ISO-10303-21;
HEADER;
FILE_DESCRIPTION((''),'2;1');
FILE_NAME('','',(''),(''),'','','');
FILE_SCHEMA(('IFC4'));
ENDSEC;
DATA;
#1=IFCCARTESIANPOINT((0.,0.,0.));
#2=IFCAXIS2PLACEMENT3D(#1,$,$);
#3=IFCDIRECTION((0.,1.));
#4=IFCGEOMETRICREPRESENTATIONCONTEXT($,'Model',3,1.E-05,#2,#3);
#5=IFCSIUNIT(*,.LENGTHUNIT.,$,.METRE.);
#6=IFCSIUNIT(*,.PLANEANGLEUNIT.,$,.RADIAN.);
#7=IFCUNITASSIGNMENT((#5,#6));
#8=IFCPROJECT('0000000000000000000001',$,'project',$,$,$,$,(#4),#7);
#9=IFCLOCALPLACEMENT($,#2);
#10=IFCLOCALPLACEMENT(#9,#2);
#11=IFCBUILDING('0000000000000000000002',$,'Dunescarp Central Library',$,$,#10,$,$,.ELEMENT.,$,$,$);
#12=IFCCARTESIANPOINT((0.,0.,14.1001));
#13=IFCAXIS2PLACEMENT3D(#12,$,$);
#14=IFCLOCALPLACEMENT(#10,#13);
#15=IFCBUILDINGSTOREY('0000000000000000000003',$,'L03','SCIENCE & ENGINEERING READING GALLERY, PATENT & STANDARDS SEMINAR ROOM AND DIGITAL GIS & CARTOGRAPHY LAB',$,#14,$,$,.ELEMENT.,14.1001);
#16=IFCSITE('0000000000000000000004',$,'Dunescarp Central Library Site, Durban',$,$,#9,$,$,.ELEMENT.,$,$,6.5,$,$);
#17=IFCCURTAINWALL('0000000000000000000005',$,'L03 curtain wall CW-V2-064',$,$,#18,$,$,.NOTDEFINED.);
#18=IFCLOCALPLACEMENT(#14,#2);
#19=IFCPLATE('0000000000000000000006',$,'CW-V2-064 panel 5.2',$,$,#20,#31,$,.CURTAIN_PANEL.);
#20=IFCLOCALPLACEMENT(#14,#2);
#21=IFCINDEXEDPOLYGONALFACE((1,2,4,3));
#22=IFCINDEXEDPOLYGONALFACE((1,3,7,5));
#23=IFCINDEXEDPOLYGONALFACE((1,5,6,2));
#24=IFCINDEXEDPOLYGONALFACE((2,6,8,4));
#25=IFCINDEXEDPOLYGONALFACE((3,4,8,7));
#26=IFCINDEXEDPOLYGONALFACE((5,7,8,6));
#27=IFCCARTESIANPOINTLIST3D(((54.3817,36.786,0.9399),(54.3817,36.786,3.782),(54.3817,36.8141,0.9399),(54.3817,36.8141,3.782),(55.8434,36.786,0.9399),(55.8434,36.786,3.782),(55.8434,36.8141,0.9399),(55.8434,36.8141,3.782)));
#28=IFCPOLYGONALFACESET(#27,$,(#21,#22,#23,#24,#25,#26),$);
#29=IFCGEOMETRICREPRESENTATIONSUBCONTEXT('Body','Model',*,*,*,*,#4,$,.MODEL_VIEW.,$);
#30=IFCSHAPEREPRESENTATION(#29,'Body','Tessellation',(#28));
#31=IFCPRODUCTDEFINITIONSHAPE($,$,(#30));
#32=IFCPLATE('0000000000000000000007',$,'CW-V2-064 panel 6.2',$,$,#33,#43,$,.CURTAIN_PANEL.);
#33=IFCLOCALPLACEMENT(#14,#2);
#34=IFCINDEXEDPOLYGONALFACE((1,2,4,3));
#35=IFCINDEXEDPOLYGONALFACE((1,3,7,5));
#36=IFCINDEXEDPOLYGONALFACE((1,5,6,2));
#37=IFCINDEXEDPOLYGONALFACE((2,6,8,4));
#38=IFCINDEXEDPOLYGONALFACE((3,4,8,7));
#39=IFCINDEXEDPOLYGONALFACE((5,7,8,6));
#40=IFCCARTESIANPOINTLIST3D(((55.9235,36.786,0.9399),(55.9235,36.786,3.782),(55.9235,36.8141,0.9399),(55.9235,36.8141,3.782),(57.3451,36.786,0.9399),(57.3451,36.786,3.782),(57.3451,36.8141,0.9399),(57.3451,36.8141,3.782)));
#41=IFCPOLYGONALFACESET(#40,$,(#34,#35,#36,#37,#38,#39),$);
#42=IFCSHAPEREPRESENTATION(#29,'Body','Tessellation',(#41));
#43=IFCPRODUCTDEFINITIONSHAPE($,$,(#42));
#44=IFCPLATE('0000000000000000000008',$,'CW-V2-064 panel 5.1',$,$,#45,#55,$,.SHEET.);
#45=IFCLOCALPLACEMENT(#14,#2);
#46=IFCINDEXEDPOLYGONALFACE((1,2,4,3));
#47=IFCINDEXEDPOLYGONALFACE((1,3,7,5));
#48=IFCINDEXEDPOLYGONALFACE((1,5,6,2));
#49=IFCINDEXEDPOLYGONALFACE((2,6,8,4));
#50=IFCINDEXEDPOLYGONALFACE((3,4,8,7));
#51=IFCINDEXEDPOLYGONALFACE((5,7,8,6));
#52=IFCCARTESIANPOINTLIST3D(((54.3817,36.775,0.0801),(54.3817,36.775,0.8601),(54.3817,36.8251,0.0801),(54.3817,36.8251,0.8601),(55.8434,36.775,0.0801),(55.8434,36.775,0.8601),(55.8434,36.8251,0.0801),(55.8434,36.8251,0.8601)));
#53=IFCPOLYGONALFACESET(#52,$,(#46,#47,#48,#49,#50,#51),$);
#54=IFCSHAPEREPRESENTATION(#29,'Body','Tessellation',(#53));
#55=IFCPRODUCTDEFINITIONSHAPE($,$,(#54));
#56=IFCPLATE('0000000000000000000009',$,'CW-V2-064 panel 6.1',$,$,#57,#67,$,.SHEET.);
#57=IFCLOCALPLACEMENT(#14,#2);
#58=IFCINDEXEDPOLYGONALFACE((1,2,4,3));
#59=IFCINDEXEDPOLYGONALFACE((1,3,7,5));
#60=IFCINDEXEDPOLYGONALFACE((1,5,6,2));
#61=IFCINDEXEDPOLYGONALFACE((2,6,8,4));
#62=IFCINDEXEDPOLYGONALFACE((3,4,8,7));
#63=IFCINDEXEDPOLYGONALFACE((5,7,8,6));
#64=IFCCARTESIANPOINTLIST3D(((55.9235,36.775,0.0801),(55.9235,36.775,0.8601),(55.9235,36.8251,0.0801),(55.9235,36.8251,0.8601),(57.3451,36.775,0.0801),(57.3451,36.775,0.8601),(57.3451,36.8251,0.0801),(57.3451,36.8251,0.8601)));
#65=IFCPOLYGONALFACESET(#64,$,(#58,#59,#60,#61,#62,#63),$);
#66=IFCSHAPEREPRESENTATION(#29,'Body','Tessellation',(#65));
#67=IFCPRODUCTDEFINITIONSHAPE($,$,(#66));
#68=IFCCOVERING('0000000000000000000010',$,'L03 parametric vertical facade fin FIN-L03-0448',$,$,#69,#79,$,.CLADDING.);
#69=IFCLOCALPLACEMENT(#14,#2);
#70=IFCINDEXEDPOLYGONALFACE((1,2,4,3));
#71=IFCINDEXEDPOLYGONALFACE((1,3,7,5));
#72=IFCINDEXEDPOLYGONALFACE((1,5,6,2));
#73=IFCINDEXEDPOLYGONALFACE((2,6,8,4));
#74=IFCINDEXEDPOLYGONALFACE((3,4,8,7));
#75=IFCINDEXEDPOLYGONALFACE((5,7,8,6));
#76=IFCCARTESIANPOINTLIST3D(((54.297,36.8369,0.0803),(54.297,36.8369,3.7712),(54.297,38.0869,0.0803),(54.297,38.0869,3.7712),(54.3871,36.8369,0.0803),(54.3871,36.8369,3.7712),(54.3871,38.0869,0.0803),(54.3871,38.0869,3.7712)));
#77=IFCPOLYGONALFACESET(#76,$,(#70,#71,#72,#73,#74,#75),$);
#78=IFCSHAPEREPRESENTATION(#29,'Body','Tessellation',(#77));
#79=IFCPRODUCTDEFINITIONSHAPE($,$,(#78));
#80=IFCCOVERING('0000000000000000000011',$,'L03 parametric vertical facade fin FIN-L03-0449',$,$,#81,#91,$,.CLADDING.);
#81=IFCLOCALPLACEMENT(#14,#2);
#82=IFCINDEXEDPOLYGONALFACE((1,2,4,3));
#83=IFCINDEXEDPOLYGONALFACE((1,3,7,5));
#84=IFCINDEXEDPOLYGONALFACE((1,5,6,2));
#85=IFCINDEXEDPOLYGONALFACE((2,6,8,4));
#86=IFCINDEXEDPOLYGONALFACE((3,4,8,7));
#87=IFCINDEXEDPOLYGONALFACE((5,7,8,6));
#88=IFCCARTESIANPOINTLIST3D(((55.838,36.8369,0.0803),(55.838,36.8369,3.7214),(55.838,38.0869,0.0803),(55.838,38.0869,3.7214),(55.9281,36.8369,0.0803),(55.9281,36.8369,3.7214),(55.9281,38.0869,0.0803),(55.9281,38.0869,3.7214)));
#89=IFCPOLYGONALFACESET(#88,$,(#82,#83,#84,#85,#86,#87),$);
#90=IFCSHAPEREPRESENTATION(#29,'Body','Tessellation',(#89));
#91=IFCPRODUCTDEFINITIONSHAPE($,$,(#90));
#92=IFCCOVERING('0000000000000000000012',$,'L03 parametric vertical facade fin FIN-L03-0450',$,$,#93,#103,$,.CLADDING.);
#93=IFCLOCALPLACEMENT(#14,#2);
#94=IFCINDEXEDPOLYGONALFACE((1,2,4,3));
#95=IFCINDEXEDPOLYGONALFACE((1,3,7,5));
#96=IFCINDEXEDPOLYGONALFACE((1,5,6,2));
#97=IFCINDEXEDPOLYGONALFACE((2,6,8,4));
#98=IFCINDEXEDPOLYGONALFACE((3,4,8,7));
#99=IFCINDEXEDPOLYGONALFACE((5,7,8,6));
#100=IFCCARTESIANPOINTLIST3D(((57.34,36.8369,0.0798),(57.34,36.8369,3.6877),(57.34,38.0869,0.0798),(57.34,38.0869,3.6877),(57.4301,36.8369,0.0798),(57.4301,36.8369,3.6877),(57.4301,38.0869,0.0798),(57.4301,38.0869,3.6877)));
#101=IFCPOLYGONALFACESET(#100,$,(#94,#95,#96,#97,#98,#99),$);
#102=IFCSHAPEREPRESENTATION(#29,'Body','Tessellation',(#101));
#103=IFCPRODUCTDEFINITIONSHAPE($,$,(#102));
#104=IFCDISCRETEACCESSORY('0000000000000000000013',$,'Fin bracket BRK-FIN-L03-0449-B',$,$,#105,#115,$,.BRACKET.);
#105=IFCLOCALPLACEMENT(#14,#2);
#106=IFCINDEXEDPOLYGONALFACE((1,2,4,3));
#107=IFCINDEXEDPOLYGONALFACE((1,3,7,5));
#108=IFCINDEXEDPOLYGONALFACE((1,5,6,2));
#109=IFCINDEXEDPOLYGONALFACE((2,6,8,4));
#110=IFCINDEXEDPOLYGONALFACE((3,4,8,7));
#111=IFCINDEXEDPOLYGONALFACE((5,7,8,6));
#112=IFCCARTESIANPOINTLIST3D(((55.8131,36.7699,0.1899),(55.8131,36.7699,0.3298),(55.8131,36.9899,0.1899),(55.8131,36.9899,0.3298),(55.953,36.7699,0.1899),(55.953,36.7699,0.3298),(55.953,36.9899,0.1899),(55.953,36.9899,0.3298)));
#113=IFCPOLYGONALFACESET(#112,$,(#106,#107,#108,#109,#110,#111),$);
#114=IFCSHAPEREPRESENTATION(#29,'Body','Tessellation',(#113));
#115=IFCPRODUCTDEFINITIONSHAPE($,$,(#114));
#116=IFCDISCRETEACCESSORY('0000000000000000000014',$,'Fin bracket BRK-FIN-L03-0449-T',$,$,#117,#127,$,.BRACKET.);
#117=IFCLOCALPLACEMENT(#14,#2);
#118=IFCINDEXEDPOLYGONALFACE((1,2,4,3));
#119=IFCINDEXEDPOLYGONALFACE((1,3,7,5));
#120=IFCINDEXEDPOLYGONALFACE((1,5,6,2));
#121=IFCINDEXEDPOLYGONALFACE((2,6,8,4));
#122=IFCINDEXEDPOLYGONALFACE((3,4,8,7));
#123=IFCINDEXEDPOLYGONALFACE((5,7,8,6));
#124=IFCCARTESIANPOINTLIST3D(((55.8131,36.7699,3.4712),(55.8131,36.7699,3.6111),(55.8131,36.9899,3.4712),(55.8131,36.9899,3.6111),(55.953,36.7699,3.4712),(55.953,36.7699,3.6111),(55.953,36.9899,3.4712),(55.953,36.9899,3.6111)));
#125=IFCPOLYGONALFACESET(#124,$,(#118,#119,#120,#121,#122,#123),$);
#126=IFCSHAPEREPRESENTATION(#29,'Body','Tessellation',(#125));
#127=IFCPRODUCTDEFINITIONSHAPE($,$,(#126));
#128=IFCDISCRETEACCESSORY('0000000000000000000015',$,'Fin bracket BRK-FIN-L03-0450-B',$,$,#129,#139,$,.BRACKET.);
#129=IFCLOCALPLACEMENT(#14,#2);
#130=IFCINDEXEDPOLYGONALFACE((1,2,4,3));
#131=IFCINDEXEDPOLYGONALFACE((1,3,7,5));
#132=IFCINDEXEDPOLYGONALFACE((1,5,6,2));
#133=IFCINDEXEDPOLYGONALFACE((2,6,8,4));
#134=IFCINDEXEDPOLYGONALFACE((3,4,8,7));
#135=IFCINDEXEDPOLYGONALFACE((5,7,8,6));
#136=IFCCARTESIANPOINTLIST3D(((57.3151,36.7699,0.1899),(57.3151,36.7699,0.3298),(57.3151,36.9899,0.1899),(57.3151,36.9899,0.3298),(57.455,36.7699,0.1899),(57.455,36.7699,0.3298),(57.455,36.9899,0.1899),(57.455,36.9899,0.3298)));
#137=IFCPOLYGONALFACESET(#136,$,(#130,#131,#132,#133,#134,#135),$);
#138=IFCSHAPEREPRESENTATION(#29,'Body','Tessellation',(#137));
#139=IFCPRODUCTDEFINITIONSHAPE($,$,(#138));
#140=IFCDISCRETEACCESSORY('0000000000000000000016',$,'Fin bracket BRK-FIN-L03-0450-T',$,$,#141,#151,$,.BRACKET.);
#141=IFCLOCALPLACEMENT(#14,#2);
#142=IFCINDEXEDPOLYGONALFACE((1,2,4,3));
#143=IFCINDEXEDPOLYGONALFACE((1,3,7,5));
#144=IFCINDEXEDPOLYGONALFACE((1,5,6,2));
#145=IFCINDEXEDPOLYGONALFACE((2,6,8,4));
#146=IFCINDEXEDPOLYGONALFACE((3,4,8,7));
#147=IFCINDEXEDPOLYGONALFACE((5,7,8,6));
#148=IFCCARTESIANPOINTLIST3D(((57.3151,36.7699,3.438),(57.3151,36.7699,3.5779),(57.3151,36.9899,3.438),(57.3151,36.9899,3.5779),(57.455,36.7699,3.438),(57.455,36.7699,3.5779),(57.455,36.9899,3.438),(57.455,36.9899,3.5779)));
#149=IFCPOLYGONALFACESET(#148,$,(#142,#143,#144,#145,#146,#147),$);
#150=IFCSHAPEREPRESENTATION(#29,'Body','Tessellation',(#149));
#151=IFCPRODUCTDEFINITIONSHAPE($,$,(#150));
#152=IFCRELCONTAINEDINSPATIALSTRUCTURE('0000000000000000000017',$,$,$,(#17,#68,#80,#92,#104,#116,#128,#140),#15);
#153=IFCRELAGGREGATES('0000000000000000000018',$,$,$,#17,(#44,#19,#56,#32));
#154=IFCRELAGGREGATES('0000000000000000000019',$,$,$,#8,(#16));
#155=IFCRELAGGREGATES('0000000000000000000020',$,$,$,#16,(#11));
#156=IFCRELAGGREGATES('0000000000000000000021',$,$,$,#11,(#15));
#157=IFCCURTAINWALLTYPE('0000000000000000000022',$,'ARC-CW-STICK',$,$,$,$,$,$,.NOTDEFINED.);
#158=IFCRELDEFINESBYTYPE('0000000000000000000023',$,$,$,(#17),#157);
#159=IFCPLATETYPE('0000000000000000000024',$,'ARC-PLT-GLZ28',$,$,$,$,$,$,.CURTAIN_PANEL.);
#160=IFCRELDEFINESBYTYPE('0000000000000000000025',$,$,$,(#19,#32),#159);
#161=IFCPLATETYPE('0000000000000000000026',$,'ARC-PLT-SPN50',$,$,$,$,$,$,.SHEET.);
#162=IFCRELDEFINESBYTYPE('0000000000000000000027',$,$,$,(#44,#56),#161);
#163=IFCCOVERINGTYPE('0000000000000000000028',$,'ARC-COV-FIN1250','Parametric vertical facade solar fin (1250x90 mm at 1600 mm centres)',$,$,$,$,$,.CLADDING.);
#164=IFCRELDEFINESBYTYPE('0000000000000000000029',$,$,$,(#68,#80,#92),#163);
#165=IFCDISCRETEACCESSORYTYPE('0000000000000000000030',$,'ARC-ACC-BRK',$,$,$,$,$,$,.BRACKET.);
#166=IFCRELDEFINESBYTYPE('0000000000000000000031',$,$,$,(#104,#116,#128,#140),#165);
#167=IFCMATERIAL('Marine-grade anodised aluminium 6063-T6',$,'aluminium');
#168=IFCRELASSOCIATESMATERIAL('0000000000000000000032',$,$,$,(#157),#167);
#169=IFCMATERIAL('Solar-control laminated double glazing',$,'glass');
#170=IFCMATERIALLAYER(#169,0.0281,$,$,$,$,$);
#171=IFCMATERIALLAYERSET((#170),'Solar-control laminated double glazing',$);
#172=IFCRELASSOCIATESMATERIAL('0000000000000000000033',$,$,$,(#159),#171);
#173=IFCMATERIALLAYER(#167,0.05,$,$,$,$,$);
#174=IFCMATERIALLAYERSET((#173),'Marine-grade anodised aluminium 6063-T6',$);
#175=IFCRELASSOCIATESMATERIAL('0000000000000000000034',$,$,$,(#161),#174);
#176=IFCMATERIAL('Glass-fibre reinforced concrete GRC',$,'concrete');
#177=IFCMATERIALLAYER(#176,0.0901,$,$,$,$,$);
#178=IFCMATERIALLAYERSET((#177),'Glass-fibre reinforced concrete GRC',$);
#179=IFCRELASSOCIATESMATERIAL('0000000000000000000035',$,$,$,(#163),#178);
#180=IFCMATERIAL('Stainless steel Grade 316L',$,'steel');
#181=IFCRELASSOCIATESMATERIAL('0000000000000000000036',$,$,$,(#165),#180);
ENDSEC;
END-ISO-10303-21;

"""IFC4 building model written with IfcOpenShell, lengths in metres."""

from ifc_helpers import new_model, si_unit, direction, frame, origin, origin_2d, place, context, subcontext, project, spatial, rectangle, extrude, material, layer, layer_set, type_object, element, aggregate, save


model = new_model("IFC4")

# Units and contexts
model_context = context("Model", 3, precision=1e-05, world=origin(), true_north=direction((0.0, 1.0)))
body_context = subcontext(model_context, "Body", "Model", "MODEL_VIEW")
ifc_project = project(units=[si_unit("LENGTHUNIT", "METRE"), si_unit("PLANEANGLEUNIT", "RADIAN")], contexts=[model_context])

# Site, building, storey
site_placement = place(None, origin())
site = spatial("IfcSite", under=ifc_project, at=site_placement, Name="Dunescarp Central Library Site, Durban", CompositionType="ELEMENT", RefElevation=6.5)
building_placement = place(site_placement, origin())
building = spatial("IfcBuilding", under=site, at=building_placement, Name="Dunescarp Central Library", CompositionType="ELEMENT")
storey_placement = place(building_placement, frame((0.0, 0.0, 14.1001)))
storey = spatial("IfcBuildingStorey", under=building, at=storey_placement, Name="L03", Description="SCIENCE & ENGINEERING READING GALLERY, PATENT & STANDARDS SEMINAR ROOM AND DIGITAL GIS & CARTOGRAPHY LAB", CompositionType="ELEMENT", Elevation=14.1001)

# Curtain wall
ifc_material_1 = material(Name="Marine-grade anodised aluminium 6063-T6", Category="aluminium")
curtain_wall_type = type_object("IfcCurtainWallType", Name="ARC-CW-STICK", PredefinedType="NOTDEFINED", material=ifc_material_1)
curtain_wall_1_placement = place(storey_placement, origin())
curtain_wall_1 = element("IfcCurtainWall", 1, at=curtain_wall_1_placement, inside=storey, type_object=curtain_wall_type, Name="L03 curtain wall CW-V2-064", PredefinedType="NOTDEFINED")

# Plates
ifc_material_2 = material(Name="Solar-control laminated double glazing", Category="glass")
ifc_layer_1 = layer(ifc_material_2, 0.0281)
ifc_layer_set_1 = layer_set([ifc_layer_1], Name="Solar-control laminated double glazing")
plate_type_1 = type_object("IfcPlateType", Name="ARC-PLT-GLZ28", PredefinedType="CURTAIN_PANEL", material=ifc_layer_set_1)
plate_1_placement = place(storey_placement, frame((55.1125, 36.8, 0.9399), z_axis=(0.0, 0.0, 1.0), x_axis=(1.0, 0.0, 0.0)))
plate_1 = element("IfcPlate", 2, at=plate_1_placement, type_object=plate_type_1, Name="CW-V2-064 panel 5.2", PredefinedType="CURTAIN_PANEL", context=body_context, shape_type="SweptSolid", body=[
    extrude(rectangle(XDim=1.4617, YDim=0.0281, at=origin_2d()), origin(), (0.0, 0.0, 1.0), 2.842),
])
plate_2_placement = place(storey_placement, frame((56.6343, 36.8, 0.9399), z_axis=(0.0, 0.0, 1.0), x_axis=(1.0, 0.0, 0.0)))
plate_2 = element("IfcPlate", 3, at=plate_2_placement, type_object=plate_type_1, Name="CW-V2-064 panel 6.2", PredefinedType="CURTAIN_PANEL", context=body_context, shape_type="SweptSolid", body=[
    extrude(rectangle(XDim=1.4216, YDim=0.0281, at=origin_2d()), origin(), (0.0, 0.0, 1.0), 2.842),
])
ifc_layer_2 = layer(ifc_material_1, 0.05)
ifc_layer_set_2 = layer_set([ifc_layer_2], Name="Marine-grade anodised aluminium 6063-T6")
plate_type_2 = type_object("IfcPlateType", Name="ARC-PLT-SPN50", PredefinedType="SHEET", material=ifc_layer_set_2)
plate_3_placement = place(storey_placement, frame((55.1125, 36.8, 0.0801), z_axis=(0.0, 0.0, 1.0), x_axis=(1.0, 0.0, 0.0)))
plate_3 = element("IfcPlate", 4, at=plate_3_placement, type_object=plate_type_2, Name="CW-V2-064 panel 5.1", PredefinedType="SHEET", context=body_context, shape_type="SweptSolid", body=[
    extrude(rectangle(XDim=1.4617, YDim=0.05, at=origin_2d()), origin(), (0.0, 0.0, 1.0), 0.78),
])
plate_4_placement = place(storey_placement, frame((56.6343, 36.8, 0.0801), z_axis=(0.0, 0.0, 1.0), x_axis=(1.0, 0.0, 0.0)))
plate_4 = element("IfcPlate", 5, at=plate_4_placement, type_object=plate_type_2, Name="CW-V2-064 panel 6.1", PredefinedType="SHEET", context=body_context, shape_type="SweptSolid", body=[
    extrude(rectangle(XDim=1.4216, YDim=0.05, at=origin_2d()), origin(), (0.0, 0.0, 1.0), 0.78),
])
aggregate(curtain_wall_1, [plate_3, plate_1, plate_4, plate_2])

# Coverings
ifc_material_3 = material(Name="Glass-fibre reinforced concrete GRC", Category="concrete")
ifc_layer_3 = layer(ifc_material_3, 0.0901)
ifc_layer_set_3 = layer_set([ifc_layer_3], Name="Glass-fibre reinforced concrete GRC")
covering_type = type_object("IfcCoveringType", Name="ARC-COV-FIN1250", Description="Parametric vertical facade solar fin (1250x90 mm at 1600 mm centres)", PredefinedType="CLADDING", material=ifc_layer_set_3)
covering_1_placement = place(storey_placement, frame((54.342, 37.4619, 0.0803), z_axis=(0.0, 0.0, 1.0), x_axis=(0.0, 1.0, 0.0)))
element("IfcCovering", 6, at=covering_1_placement, inside=storey, type_object=covering_type, Name="L03 parametric vertical facade fin FIN-L03-0448", PredefinedType="CLADDING", context=body_context, shape_type="SweptSolid", body=[
    extrude(rectangle(XDim=1.25, YDim=0.0901, at=origin_2d()), origin(), (0.0, 0.0, 1.0), 3.6909),
])
covering_2_placement = place(storey_placement, frame((55.8831, 37.4619, 0.0803), z_axis=(0.0, 0.0, 1.0), x_axis=(0.0, 1.0, 0.0)))
element("IfcCovering", 7, at=covering_2_placement, inside=storey, type_object=covering_type, Name="L03 parametric vertical facade fin FIN-L03-0449", PredefinedType="CLADDING", context=body_context, shape_type="SweptSolid", body=[
    extrude(rectangle(XDim=1.25, YDim=0.0901, at=origin_2d()), origin(), (0.0, 0.0, 1.0), 3.6411),
])
covering_3_placement = place(storey_placement, frame((57.385, 37.4619, 0.0798), z_axis=(0.0, 0.0, 1.0), x_axis=(0.0, 1.0, 0.0)))
element("IfcCovering", 8, at=covering_3_placement, inside=storey, type_object=covering_type, Name="L03 parametric vertical facade fin FIN-L03-0450", PredefinedType="CLADDING", context=body_context, shape_type="SweptSolid", body=[
    extrude(rectangle(XDim=1.25, YDim=0.0901, at=origin_2d()), origin(), (0.0, 0.0, 1.0), 3.6079),
])

# Discrete accessories
ifc_material_4 = material(Name="Stainless steel Grade 316L", Category="steel")
discrete_accessory_type = type_object("IfcDiscreteAccessoryType", Name="ARC-ACC-BRK", PredefinedType="BRACKET", material=ifc_material_4)
for number, where, z_axis, x_axis, name in (
    (9, (55.8831, 36.8799, 0.1899), (0.0, 0.0, 1.0), (0.0, 1.0, 0.0), "Fin bracket BRK-FIN-L03-0449-B"),
    (10, (55.8831, 36.8799, 3.4712), (0.0, 0.0, 1.0), (0.0, 1.0, 0.0), "Fin bracket BRK-FIN-L03-0449-T"),
    (11, (57.385, 36.8799, 0.1899), (0.0, 0.0, 1.0), (0.0, 1.0, 0.0), "Fin bracket BRK-FIN-L03-0450-B"),
    (12, (57.385, 36.8799, 3.438), (0.0, 0.0, 1.0), (0.0, 1.0, 0.0), "Fin bracket BRK-FIN-L03-0450-T"),
):
    element("IfcDiscreteAccessory", number, at=place(storey_placement, frame(where, z_axis=z_axis, x_axis=x_axis)), inside=storey, type_object=discrete_accessory_type, Name=name, PredefinedType="BRACKET", context=body_context, shape_type="SweptSolid", body=[
        extrude(rectangle(XDim=0.22, YDim=0.1399, at=origin_2d()), origin(), (0.0, 0.0, 1.0), 0.1399),
    ])

save(model, "model.ifc")
